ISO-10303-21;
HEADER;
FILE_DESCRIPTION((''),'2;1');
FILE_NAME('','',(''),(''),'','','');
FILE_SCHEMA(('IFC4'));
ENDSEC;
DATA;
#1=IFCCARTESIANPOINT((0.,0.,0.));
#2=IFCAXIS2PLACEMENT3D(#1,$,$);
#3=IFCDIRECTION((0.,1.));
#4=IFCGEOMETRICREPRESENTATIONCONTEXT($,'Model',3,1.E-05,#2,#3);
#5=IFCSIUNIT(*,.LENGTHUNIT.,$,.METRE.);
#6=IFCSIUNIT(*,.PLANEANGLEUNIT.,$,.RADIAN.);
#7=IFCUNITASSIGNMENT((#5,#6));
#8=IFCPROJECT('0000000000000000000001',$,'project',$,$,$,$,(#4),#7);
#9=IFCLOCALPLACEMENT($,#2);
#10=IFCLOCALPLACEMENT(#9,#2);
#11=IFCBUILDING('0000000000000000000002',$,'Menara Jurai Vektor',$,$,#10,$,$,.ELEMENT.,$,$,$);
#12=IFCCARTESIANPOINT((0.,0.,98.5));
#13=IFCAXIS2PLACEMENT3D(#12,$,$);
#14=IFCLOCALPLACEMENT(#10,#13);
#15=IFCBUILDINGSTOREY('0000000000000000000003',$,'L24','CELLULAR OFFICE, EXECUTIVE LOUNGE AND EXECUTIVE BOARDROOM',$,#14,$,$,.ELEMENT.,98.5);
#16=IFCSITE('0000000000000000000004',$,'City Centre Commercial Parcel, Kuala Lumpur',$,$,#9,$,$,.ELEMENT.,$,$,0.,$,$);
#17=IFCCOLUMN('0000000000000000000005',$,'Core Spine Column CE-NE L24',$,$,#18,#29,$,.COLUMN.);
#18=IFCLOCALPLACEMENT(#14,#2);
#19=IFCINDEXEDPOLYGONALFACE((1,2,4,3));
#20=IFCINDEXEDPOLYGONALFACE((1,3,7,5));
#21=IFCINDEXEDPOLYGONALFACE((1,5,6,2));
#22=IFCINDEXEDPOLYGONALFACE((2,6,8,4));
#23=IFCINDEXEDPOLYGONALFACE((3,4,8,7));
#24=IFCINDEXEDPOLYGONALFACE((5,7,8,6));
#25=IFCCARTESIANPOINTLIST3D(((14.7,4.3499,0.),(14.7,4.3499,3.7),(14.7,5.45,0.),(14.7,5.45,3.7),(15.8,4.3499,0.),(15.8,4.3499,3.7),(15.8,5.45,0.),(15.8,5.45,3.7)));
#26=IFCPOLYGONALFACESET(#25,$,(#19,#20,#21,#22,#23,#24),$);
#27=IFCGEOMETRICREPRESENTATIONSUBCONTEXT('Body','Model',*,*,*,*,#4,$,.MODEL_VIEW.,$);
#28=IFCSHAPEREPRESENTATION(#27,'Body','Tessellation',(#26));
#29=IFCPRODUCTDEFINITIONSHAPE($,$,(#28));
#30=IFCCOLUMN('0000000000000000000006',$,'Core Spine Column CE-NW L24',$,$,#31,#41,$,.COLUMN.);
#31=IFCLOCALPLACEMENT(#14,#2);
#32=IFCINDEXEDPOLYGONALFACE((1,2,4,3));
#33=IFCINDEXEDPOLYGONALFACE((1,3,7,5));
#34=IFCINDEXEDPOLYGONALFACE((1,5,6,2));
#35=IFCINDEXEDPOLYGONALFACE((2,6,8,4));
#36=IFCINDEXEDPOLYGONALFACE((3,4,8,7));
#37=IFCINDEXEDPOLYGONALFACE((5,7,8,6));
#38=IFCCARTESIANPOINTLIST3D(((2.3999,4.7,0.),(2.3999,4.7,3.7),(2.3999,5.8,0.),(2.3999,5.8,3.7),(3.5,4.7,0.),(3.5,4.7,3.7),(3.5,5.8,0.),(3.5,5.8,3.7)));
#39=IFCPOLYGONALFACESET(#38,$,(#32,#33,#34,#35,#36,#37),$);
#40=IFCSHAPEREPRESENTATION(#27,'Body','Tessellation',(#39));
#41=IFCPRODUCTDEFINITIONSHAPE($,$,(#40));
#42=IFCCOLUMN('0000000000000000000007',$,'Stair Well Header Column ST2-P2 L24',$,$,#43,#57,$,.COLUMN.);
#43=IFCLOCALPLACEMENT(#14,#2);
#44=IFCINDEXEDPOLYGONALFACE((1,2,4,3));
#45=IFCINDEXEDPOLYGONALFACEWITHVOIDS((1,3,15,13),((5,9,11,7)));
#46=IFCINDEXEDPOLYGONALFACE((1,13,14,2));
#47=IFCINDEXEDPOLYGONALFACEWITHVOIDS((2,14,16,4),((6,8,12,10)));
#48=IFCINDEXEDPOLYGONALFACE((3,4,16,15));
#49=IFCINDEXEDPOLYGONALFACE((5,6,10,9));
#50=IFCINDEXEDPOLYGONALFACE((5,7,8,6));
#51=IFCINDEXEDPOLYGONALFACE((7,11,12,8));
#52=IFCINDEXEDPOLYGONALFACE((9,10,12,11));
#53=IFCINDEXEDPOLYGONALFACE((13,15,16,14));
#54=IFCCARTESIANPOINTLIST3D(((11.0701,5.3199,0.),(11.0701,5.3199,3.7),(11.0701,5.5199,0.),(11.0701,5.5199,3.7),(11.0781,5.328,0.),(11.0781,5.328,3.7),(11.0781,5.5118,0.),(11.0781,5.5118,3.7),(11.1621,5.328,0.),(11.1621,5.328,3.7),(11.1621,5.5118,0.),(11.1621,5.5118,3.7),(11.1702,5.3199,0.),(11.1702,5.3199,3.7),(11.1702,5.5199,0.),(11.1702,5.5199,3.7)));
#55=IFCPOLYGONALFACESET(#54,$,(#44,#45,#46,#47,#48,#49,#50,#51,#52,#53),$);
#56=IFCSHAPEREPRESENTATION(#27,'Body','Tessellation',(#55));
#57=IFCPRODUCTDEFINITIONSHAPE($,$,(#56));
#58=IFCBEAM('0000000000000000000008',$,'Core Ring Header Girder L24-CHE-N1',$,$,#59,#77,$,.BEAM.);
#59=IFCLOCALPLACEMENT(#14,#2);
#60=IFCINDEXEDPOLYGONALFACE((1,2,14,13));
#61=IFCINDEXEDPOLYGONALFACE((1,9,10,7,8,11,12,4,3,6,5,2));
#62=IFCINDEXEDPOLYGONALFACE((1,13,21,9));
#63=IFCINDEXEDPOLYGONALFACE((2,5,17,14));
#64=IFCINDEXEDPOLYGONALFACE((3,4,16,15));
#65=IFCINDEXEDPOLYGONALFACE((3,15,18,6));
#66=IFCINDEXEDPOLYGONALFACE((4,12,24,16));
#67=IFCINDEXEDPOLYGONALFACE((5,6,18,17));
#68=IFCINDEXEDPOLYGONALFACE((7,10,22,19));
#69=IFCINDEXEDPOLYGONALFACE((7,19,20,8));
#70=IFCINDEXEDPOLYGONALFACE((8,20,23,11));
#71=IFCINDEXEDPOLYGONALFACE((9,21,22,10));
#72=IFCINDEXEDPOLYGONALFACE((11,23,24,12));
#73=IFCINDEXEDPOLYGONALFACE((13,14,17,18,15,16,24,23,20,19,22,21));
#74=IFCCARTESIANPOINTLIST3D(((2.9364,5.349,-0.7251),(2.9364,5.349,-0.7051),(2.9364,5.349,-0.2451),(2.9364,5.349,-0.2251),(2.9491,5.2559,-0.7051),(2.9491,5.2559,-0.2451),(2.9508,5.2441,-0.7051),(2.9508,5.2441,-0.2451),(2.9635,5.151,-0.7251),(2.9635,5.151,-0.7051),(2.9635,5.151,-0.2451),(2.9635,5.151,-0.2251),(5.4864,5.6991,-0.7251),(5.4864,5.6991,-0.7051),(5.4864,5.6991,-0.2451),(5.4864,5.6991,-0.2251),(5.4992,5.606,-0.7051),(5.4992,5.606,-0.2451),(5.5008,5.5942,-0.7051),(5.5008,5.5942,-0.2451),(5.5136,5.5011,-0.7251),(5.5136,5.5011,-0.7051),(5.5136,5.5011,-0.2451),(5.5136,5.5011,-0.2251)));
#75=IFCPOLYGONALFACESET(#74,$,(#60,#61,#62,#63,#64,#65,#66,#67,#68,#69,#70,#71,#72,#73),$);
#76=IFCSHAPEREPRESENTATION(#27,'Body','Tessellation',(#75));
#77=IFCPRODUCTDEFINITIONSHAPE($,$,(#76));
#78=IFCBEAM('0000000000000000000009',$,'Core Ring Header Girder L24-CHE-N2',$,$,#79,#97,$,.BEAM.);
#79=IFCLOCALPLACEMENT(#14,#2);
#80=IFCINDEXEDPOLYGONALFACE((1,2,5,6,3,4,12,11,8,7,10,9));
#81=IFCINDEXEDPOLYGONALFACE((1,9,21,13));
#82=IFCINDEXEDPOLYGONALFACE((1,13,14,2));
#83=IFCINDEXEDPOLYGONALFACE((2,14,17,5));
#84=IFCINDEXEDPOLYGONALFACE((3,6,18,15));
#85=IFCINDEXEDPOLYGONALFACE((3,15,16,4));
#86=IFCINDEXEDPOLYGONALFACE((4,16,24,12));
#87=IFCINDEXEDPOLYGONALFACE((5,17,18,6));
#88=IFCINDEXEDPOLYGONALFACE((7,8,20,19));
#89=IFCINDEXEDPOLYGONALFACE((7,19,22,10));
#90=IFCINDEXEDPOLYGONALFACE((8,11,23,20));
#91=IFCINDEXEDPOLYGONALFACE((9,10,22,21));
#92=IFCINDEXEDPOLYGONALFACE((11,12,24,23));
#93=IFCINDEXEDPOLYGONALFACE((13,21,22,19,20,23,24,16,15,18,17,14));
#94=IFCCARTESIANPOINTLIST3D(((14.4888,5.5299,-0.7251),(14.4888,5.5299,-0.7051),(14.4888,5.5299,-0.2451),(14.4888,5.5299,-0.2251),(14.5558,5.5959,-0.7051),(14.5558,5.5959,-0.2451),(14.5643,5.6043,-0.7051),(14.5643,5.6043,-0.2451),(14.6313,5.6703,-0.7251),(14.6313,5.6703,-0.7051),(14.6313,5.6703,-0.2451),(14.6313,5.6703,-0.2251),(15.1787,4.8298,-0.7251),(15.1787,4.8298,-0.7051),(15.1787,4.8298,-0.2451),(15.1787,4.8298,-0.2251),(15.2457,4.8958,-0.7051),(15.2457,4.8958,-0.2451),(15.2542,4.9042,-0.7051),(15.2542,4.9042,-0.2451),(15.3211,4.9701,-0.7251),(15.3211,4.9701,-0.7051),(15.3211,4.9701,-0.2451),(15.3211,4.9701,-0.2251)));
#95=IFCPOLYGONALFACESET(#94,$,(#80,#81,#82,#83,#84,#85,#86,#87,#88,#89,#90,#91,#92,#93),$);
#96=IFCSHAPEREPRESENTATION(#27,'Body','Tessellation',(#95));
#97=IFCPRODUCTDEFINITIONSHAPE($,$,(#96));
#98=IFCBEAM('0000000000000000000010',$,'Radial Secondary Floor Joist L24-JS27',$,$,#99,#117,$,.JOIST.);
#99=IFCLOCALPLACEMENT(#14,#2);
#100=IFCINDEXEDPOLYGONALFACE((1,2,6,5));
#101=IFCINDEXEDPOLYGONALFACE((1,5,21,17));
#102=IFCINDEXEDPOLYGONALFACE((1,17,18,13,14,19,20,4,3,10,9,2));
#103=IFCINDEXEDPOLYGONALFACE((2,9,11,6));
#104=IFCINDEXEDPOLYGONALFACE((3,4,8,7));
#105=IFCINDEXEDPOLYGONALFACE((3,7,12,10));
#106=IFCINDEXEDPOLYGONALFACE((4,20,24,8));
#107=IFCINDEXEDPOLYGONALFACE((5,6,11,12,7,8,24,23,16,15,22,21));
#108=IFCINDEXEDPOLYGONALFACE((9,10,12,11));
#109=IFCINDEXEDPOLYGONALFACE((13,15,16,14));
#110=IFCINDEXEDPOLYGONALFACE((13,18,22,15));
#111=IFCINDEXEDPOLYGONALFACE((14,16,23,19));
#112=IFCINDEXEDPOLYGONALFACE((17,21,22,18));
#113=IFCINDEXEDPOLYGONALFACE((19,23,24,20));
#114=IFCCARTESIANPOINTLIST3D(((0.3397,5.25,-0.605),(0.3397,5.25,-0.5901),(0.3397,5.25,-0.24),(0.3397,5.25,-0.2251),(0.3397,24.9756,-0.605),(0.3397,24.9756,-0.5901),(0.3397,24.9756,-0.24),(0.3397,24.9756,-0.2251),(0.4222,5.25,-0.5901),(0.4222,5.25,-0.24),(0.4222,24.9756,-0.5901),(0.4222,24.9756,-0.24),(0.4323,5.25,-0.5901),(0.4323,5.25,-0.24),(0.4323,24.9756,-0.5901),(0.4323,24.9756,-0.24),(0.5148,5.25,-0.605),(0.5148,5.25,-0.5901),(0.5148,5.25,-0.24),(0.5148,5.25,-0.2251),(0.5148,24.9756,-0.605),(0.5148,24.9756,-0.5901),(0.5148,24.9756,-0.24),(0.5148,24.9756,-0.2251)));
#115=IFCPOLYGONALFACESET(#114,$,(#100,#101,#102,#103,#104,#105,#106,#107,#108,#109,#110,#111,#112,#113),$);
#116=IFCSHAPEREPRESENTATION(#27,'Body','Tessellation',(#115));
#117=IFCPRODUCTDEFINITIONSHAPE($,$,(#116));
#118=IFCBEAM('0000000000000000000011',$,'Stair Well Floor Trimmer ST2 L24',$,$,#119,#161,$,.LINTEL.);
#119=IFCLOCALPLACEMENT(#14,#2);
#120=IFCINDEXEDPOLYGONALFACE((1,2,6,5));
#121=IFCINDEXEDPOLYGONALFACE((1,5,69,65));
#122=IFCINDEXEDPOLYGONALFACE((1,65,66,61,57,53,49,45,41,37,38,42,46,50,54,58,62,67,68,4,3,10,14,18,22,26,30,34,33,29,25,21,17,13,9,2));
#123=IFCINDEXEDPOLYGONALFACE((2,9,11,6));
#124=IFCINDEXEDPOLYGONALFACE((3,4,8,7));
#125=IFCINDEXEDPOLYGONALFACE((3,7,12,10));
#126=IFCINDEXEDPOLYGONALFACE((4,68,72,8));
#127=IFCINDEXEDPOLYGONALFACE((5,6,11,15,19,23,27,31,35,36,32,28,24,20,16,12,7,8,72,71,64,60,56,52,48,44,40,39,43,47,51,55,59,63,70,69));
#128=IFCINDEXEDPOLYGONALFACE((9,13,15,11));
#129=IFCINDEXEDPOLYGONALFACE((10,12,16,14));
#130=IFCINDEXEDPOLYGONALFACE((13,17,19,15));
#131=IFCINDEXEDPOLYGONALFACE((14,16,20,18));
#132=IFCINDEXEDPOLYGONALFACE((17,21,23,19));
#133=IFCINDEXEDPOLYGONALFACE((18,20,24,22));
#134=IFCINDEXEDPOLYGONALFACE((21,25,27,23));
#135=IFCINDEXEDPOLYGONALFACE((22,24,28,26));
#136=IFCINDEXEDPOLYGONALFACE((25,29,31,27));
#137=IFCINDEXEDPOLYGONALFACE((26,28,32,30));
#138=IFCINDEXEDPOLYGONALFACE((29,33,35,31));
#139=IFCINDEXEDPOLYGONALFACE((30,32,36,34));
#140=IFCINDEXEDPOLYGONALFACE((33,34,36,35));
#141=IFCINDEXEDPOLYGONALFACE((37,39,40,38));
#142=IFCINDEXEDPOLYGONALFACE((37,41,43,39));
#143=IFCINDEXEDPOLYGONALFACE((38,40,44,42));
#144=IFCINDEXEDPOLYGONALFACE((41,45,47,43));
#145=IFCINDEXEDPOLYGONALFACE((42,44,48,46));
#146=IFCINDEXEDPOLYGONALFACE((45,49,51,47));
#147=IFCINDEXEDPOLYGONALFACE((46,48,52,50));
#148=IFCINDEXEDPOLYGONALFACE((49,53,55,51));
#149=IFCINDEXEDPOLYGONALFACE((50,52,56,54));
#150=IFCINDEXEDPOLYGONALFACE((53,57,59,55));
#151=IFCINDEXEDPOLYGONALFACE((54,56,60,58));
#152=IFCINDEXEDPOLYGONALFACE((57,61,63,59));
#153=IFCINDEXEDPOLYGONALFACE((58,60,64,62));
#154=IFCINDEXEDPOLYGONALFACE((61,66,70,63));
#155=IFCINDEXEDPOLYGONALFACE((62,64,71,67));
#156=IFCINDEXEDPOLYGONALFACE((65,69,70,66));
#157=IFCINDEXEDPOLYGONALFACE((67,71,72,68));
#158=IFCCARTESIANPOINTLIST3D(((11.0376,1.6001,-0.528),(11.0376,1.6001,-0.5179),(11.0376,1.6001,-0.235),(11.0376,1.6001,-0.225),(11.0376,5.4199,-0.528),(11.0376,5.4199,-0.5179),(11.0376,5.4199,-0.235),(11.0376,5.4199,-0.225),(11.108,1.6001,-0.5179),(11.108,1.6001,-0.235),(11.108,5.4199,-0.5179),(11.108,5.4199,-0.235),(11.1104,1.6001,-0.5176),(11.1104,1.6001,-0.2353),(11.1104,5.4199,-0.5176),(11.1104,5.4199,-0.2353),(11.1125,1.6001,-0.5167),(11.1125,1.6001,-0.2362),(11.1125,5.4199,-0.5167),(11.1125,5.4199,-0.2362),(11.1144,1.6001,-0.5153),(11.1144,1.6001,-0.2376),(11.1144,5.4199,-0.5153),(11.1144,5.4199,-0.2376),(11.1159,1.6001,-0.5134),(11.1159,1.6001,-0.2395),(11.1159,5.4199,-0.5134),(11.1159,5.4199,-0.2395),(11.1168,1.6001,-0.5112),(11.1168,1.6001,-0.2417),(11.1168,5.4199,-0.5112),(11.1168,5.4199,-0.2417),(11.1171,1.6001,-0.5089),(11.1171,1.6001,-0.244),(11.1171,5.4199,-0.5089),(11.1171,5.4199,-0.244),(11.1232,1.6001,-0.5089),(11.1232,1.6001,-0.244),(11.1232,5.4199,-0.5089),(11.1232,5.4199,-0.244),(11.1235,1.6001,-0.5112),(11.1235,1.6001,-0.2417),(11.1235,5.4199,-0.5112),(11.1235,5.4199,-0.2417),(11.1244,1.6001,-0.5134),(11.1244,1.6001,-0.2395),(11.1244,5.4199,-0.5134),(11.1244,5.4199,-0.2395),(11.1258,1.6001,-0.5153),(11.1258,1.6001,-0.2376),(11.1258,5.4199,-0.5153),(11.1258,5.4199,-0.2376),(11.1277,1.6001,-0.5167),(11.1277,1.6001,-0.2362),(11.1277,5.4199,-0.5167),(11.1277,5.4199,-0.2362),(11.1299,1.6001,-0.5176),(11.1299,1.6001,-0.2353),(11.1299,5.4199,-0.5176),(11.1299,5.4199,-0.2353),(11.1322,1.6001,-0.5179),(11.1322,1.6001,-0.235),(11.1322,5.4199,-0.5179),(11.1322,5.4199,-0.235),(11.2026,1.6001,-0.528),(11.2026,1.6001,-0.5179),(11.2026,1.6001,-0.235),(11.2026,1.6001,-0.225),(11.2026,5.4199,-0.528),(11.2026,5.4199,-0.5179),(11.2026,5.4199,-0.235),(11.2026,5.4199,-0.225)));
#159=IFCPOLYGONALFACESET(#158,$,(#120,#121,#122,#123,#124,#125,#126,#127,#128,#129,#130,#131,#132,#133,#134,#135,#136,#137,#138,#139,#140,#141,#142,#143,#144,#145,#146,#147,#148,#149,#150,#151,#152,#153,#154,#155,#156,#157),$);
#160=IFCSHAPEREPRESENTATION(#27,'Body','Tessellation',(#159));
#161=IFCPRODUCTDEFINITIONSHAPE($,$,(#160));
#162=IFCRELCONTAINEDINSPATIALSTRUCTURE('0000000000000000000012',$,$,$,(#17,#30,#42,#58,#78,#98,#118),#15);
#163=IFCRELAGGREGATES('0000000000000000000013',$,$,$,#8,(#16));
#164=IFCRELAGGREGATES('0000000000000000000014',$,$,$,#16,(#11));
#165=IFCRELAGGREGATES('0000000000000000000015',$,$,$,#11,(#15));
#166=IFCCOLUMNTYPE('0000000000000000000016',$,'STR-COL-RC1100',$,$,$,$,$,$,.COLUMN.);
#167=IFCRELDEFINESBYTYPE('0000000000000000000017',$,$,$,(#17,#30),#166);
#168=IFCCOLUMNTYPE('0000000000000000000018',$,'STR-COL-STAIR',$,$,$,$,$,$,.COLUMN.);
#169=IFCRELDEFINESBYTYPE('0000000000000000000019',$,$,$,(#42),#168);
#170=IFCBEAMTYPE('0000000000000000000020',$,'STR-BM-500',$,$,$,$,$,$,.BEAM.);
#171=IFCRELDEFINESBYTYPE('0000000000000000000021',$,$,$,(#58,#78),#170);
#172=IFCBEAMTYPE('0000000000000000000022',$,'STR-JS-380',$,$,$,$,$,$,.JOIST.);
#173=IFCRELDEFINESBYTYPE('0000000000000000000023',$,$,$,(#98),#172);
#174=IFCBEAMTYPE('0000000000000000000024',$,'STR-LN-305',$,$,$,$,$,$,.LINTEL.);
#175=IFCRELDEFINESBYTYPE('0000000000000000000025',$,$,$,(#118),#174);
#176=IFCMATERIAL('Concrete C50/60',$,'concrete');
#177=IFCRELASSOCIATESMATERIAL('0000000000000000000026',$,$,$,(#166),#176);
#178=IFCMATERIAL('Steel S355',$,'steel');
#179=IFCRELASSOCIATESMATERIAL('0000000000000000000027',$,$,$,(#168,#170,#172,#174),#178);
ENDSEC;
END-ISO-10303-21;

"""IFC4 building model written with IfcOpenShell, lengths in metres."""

from ifc_helpers import new_model, si_unit, direction, frame, origin, origin_2d, place, context, subcontext, project, spatial, rectangle, hollow_rectangle, i_section, extrude, material, material_profile, profile_set, type_object, element, save


model = new_model("IFC4")

# Units and contexts
model_context = context("Model", 3, precision=1e-05, world=origin(), true_north=direction((0.0, 1.0)))
body_context = subcontext(model_context, "Body", "Model", "MODEL_VIEW")
ifc_project = project(units=[si_unit("LENGTHUNIT", "METRE"), si_unit("PLANEANGLEUNIT", "RADIAN")], contexts=[model_context])

# Site, building, storey
site_placement = place(None, origin())
site = spatial("IfcSite", under=ifc_project, at=site_placement, Name="City Centre Commercial Parcel, Kuala Lumpur", CompositionType="ELEMENT", RefElevation=0.0)
building_placement = place(site_placement, origin())
building = spatial("IfcBuilding", under=site, at=building_placement, Name="Menara Jurai Vektor", CompositionType="ELEMENT")
storey_placement = place(building_placement, frame((0.0, 0.0, 98.5)))
storey = spatial("IfcBuildingStorey", under=building, at=storey_placement, Name="L24", Description="CELLULAR OFFICE, EXECUTIVE LOUNGE AND EXECUTIVE BOARDROOM", CompositionType="ELEMENT", Elevation=98.5)

# Columns
ifc_material_1 = material(Name="Concrete C50/60", Category="concrete")
ifc_material_profile_1 = material_profile(ifc_material_1, rectangle(XDim=1.1001, YDim=1.1001, at=origin_2d()), Name="RC 1100x1100")
ifc_profile_set_1 = profile_set([ifc_material_profile_1], Name="Concrete C50/60")
column_type_1 = type_object("IfcColumnType", Name="STR-COL-RC1100", PredefinedType="COLUMN", material=ifc_profile_set_1)
for number, where, z_axis, x_axis, name in (
    (1, (15.25, 4.8999, 0.0), (0.0, 0.0, 1.0), (1.0, 0.0, 0.0), "Core Spine Column CE-NE L24"),
    (2, (2.95, 5.25, 0.0), (0.0, 0.0, 1.0), (1.0, 0.0, 0.0), "Core Spine Column CE-NW L24"),
):
    element("IfcColumn", number, at=place(storey_placement, frame(where, z_axis=z_axis, x_axis=x_axis)), inside=storey, type_object=column_type_1, Name=name, PredefinedType="COLUMN", context=body_context, shape_type="SweptSolid", body=[
        extrude(rectangle(XDim=1.1001, YDim=1.1001, at=origin_2d()), origin(), (0.0, 0.0, 1.0), 3.7),
    ])
ifc_material_2 = material(Name="Steel S355", Category="steel")
ifc_material_profile_2 = material_profile(ifc_material_2, hollow_rectangle(XDim=0.1001, YDim=0.2, WallThickness=0.0081, at=origin_2d()), Name="RHS 200x100x8")
ifc_profile_set_2 = profile_set([ifc_material_profile_2], Name="Steel S355")
column_type_2 = type_object("IfcColumnType", Name="STR-COL-STAIR", PredefinedType="COLUMN", material=ifc_profile_set_2)
column_placement = place(storey_placement, frame((11.1201, 5.4199, 0.0), z_axis=(0.0, 0.0, 1.0), x_axis=(1.0, 0.0, 0.0)))
element("IfcColumn", 3, at=column_placement, inside=storey, type_object=column_type_2, Name="Stair Well Header Column ST2-P2 L24", PredefinedType="COLUMN", context=body_context, shape_type="SweptSolid", body=[
    extrude(hollow_rectangle(XDim=0.1001, YDim=0.2, WallThickness=0.0081, at=origin_2d()), origin(), (0.0, 0.0, 1.0), 3.7),
])

# Beams
ifc_material_profile_3 = material_profile(ifc_material_2, i_section(OverallWidth=0.2, OverallDepth=0.5, WebThickness=0.012, FlangeThickness=0.02, at=origin_2d()), Name="PG 500x200x96")
ifc_profile_set_3 = profile_set([ifc_material_profile_3], Name="Steel S355")
beam_type_1 = type_object("IfcBeamType", Name="STR-BM-500", PredefinedType="BEAM", material=ifc_profile_set_3)
beam_1_placement = place(storey_placement, frame((2.95, 5.25, -0.4751), z_axis=(0.990707, 0.136015, 0.0), x_axis=(-0.136015, 0.990707, 0.0)))
element("IfcBeam", 4, at=beam_1_placement, inside=storey, type_object=beam_type_1, Name="Core Ring Header Girder L24-CHE-N1", PredefinedType="BEAM", context=body_context, shape_type="SweptSolid", body=[
    extrude(i_section(OverallWidth=0.2, OverallDepth=0.5, WebThickness=0.012, FlangeThickness=0.02, at=origin_2d()), origin(), (0.0, 0.0, 1.0), 2.574),
])
beam_2_placement = place(storey_placement, frame((14.5601, 5.6001, -0.4751), z_axis=(0.701872, -0.712303, 0.0), x_axis=(0.712303, 0.701872, 0.0)))
element("IfcBeam", 5, at=beam_2_placement, inside=storey, type_object=beam_type_1, Name="Core Ring Header Girder L24-CHE-N2", PredefinedType="BEAM", context=body_context, shape_type="SweptSolid", body=[
    extrude(i_section(OverallWidth=0.2, OverallDepth=0.5, WebThickness=0.012, FlangeThickness=0.02, at=origin_2d()), origin(), (0.0, 0.0, 1.0), 0.9829),
])
ifc_material_profile_4 = material_profile(ifc_material_2, i_section(OverallWidth=0.175, OverallDepth=0.3799, WebThickness=0.01, FlangeThickness=0.0149, at=origin_2d()), Name="PG 380x175x58")
ifc_profile_set_4 = profile_set([ifc_material_profile_4], Name="Steel S355")
beam_type_2 = type_object("IfcBeamType", Name="STR-JS-380", PredefinedType="JOIST", material=ifc_profile_set_4)
beam_3_placement = place(storey_placement, frame((0.4272, 24.9756, -0.415), z_axis=(0.0, -1.0, 0.0), x_axis=(1.0, 0.0, 0.0)))
element("IfcBeam", 6, at=beam_3_placement, inside=storey, type_object=beam_type_2, Name="Radial Secondary Floor Joist L24-JS27", PredefinedType="JOIST", context=body_context, shape_type="SweptSolid", body=[
    extrude(i_section(OverallWidth=0.175, OverallDepth=0.3799, WebThickness=0.01, FlangeThickness=0.0149, at=origin_2d()), origin(), (0.0, 0.0, 1.0), 19.7256),
])
ifc_material_profile_5 = material_profile(ifc_material_2, i_section(OverallWidth=0.165, OverallDepth=0.303, WebThickness=0.0061, FlangeThickness=0.01, FilletRadius=0.009, at=origin_2d()), Name="UKB 305x165x40")
ifc_profile_set_5 = profile_set([ifc_material_profile_5], Name="Steel S355")
beam_type_3 = type_object("IfcBeamType", Name="STR-LN-305", PredefinedType="LINTEL", material=ifc_profile_set_5)
beam_4_placement = place(storey_placement, frame((11.1201, 1.6001, -0.3765), z_axis=(0.0, 1.0, 0.0), x_axis=(-1.0, 0.0, 0.0)))
element("IfcBeam", 7, at=beam_4_placement, inside=storey, type_object=beam_type_3, Name="Stair Well Floor Trimmer ST2 L24", PredefinedType="LINTEL", context=body_context, shape_type="SweptSolid", body=[
    extrude(i_section(OverallWidth=0.165, OverallDepth=0.303, WebThickness=0.0061, FlangeThickness=0.01, FilletRadius=0.009, at=origin_2d()), origin(), (0.0, 0.0, 1.0), 3.8198),
])

save(model, "model.ifc")
